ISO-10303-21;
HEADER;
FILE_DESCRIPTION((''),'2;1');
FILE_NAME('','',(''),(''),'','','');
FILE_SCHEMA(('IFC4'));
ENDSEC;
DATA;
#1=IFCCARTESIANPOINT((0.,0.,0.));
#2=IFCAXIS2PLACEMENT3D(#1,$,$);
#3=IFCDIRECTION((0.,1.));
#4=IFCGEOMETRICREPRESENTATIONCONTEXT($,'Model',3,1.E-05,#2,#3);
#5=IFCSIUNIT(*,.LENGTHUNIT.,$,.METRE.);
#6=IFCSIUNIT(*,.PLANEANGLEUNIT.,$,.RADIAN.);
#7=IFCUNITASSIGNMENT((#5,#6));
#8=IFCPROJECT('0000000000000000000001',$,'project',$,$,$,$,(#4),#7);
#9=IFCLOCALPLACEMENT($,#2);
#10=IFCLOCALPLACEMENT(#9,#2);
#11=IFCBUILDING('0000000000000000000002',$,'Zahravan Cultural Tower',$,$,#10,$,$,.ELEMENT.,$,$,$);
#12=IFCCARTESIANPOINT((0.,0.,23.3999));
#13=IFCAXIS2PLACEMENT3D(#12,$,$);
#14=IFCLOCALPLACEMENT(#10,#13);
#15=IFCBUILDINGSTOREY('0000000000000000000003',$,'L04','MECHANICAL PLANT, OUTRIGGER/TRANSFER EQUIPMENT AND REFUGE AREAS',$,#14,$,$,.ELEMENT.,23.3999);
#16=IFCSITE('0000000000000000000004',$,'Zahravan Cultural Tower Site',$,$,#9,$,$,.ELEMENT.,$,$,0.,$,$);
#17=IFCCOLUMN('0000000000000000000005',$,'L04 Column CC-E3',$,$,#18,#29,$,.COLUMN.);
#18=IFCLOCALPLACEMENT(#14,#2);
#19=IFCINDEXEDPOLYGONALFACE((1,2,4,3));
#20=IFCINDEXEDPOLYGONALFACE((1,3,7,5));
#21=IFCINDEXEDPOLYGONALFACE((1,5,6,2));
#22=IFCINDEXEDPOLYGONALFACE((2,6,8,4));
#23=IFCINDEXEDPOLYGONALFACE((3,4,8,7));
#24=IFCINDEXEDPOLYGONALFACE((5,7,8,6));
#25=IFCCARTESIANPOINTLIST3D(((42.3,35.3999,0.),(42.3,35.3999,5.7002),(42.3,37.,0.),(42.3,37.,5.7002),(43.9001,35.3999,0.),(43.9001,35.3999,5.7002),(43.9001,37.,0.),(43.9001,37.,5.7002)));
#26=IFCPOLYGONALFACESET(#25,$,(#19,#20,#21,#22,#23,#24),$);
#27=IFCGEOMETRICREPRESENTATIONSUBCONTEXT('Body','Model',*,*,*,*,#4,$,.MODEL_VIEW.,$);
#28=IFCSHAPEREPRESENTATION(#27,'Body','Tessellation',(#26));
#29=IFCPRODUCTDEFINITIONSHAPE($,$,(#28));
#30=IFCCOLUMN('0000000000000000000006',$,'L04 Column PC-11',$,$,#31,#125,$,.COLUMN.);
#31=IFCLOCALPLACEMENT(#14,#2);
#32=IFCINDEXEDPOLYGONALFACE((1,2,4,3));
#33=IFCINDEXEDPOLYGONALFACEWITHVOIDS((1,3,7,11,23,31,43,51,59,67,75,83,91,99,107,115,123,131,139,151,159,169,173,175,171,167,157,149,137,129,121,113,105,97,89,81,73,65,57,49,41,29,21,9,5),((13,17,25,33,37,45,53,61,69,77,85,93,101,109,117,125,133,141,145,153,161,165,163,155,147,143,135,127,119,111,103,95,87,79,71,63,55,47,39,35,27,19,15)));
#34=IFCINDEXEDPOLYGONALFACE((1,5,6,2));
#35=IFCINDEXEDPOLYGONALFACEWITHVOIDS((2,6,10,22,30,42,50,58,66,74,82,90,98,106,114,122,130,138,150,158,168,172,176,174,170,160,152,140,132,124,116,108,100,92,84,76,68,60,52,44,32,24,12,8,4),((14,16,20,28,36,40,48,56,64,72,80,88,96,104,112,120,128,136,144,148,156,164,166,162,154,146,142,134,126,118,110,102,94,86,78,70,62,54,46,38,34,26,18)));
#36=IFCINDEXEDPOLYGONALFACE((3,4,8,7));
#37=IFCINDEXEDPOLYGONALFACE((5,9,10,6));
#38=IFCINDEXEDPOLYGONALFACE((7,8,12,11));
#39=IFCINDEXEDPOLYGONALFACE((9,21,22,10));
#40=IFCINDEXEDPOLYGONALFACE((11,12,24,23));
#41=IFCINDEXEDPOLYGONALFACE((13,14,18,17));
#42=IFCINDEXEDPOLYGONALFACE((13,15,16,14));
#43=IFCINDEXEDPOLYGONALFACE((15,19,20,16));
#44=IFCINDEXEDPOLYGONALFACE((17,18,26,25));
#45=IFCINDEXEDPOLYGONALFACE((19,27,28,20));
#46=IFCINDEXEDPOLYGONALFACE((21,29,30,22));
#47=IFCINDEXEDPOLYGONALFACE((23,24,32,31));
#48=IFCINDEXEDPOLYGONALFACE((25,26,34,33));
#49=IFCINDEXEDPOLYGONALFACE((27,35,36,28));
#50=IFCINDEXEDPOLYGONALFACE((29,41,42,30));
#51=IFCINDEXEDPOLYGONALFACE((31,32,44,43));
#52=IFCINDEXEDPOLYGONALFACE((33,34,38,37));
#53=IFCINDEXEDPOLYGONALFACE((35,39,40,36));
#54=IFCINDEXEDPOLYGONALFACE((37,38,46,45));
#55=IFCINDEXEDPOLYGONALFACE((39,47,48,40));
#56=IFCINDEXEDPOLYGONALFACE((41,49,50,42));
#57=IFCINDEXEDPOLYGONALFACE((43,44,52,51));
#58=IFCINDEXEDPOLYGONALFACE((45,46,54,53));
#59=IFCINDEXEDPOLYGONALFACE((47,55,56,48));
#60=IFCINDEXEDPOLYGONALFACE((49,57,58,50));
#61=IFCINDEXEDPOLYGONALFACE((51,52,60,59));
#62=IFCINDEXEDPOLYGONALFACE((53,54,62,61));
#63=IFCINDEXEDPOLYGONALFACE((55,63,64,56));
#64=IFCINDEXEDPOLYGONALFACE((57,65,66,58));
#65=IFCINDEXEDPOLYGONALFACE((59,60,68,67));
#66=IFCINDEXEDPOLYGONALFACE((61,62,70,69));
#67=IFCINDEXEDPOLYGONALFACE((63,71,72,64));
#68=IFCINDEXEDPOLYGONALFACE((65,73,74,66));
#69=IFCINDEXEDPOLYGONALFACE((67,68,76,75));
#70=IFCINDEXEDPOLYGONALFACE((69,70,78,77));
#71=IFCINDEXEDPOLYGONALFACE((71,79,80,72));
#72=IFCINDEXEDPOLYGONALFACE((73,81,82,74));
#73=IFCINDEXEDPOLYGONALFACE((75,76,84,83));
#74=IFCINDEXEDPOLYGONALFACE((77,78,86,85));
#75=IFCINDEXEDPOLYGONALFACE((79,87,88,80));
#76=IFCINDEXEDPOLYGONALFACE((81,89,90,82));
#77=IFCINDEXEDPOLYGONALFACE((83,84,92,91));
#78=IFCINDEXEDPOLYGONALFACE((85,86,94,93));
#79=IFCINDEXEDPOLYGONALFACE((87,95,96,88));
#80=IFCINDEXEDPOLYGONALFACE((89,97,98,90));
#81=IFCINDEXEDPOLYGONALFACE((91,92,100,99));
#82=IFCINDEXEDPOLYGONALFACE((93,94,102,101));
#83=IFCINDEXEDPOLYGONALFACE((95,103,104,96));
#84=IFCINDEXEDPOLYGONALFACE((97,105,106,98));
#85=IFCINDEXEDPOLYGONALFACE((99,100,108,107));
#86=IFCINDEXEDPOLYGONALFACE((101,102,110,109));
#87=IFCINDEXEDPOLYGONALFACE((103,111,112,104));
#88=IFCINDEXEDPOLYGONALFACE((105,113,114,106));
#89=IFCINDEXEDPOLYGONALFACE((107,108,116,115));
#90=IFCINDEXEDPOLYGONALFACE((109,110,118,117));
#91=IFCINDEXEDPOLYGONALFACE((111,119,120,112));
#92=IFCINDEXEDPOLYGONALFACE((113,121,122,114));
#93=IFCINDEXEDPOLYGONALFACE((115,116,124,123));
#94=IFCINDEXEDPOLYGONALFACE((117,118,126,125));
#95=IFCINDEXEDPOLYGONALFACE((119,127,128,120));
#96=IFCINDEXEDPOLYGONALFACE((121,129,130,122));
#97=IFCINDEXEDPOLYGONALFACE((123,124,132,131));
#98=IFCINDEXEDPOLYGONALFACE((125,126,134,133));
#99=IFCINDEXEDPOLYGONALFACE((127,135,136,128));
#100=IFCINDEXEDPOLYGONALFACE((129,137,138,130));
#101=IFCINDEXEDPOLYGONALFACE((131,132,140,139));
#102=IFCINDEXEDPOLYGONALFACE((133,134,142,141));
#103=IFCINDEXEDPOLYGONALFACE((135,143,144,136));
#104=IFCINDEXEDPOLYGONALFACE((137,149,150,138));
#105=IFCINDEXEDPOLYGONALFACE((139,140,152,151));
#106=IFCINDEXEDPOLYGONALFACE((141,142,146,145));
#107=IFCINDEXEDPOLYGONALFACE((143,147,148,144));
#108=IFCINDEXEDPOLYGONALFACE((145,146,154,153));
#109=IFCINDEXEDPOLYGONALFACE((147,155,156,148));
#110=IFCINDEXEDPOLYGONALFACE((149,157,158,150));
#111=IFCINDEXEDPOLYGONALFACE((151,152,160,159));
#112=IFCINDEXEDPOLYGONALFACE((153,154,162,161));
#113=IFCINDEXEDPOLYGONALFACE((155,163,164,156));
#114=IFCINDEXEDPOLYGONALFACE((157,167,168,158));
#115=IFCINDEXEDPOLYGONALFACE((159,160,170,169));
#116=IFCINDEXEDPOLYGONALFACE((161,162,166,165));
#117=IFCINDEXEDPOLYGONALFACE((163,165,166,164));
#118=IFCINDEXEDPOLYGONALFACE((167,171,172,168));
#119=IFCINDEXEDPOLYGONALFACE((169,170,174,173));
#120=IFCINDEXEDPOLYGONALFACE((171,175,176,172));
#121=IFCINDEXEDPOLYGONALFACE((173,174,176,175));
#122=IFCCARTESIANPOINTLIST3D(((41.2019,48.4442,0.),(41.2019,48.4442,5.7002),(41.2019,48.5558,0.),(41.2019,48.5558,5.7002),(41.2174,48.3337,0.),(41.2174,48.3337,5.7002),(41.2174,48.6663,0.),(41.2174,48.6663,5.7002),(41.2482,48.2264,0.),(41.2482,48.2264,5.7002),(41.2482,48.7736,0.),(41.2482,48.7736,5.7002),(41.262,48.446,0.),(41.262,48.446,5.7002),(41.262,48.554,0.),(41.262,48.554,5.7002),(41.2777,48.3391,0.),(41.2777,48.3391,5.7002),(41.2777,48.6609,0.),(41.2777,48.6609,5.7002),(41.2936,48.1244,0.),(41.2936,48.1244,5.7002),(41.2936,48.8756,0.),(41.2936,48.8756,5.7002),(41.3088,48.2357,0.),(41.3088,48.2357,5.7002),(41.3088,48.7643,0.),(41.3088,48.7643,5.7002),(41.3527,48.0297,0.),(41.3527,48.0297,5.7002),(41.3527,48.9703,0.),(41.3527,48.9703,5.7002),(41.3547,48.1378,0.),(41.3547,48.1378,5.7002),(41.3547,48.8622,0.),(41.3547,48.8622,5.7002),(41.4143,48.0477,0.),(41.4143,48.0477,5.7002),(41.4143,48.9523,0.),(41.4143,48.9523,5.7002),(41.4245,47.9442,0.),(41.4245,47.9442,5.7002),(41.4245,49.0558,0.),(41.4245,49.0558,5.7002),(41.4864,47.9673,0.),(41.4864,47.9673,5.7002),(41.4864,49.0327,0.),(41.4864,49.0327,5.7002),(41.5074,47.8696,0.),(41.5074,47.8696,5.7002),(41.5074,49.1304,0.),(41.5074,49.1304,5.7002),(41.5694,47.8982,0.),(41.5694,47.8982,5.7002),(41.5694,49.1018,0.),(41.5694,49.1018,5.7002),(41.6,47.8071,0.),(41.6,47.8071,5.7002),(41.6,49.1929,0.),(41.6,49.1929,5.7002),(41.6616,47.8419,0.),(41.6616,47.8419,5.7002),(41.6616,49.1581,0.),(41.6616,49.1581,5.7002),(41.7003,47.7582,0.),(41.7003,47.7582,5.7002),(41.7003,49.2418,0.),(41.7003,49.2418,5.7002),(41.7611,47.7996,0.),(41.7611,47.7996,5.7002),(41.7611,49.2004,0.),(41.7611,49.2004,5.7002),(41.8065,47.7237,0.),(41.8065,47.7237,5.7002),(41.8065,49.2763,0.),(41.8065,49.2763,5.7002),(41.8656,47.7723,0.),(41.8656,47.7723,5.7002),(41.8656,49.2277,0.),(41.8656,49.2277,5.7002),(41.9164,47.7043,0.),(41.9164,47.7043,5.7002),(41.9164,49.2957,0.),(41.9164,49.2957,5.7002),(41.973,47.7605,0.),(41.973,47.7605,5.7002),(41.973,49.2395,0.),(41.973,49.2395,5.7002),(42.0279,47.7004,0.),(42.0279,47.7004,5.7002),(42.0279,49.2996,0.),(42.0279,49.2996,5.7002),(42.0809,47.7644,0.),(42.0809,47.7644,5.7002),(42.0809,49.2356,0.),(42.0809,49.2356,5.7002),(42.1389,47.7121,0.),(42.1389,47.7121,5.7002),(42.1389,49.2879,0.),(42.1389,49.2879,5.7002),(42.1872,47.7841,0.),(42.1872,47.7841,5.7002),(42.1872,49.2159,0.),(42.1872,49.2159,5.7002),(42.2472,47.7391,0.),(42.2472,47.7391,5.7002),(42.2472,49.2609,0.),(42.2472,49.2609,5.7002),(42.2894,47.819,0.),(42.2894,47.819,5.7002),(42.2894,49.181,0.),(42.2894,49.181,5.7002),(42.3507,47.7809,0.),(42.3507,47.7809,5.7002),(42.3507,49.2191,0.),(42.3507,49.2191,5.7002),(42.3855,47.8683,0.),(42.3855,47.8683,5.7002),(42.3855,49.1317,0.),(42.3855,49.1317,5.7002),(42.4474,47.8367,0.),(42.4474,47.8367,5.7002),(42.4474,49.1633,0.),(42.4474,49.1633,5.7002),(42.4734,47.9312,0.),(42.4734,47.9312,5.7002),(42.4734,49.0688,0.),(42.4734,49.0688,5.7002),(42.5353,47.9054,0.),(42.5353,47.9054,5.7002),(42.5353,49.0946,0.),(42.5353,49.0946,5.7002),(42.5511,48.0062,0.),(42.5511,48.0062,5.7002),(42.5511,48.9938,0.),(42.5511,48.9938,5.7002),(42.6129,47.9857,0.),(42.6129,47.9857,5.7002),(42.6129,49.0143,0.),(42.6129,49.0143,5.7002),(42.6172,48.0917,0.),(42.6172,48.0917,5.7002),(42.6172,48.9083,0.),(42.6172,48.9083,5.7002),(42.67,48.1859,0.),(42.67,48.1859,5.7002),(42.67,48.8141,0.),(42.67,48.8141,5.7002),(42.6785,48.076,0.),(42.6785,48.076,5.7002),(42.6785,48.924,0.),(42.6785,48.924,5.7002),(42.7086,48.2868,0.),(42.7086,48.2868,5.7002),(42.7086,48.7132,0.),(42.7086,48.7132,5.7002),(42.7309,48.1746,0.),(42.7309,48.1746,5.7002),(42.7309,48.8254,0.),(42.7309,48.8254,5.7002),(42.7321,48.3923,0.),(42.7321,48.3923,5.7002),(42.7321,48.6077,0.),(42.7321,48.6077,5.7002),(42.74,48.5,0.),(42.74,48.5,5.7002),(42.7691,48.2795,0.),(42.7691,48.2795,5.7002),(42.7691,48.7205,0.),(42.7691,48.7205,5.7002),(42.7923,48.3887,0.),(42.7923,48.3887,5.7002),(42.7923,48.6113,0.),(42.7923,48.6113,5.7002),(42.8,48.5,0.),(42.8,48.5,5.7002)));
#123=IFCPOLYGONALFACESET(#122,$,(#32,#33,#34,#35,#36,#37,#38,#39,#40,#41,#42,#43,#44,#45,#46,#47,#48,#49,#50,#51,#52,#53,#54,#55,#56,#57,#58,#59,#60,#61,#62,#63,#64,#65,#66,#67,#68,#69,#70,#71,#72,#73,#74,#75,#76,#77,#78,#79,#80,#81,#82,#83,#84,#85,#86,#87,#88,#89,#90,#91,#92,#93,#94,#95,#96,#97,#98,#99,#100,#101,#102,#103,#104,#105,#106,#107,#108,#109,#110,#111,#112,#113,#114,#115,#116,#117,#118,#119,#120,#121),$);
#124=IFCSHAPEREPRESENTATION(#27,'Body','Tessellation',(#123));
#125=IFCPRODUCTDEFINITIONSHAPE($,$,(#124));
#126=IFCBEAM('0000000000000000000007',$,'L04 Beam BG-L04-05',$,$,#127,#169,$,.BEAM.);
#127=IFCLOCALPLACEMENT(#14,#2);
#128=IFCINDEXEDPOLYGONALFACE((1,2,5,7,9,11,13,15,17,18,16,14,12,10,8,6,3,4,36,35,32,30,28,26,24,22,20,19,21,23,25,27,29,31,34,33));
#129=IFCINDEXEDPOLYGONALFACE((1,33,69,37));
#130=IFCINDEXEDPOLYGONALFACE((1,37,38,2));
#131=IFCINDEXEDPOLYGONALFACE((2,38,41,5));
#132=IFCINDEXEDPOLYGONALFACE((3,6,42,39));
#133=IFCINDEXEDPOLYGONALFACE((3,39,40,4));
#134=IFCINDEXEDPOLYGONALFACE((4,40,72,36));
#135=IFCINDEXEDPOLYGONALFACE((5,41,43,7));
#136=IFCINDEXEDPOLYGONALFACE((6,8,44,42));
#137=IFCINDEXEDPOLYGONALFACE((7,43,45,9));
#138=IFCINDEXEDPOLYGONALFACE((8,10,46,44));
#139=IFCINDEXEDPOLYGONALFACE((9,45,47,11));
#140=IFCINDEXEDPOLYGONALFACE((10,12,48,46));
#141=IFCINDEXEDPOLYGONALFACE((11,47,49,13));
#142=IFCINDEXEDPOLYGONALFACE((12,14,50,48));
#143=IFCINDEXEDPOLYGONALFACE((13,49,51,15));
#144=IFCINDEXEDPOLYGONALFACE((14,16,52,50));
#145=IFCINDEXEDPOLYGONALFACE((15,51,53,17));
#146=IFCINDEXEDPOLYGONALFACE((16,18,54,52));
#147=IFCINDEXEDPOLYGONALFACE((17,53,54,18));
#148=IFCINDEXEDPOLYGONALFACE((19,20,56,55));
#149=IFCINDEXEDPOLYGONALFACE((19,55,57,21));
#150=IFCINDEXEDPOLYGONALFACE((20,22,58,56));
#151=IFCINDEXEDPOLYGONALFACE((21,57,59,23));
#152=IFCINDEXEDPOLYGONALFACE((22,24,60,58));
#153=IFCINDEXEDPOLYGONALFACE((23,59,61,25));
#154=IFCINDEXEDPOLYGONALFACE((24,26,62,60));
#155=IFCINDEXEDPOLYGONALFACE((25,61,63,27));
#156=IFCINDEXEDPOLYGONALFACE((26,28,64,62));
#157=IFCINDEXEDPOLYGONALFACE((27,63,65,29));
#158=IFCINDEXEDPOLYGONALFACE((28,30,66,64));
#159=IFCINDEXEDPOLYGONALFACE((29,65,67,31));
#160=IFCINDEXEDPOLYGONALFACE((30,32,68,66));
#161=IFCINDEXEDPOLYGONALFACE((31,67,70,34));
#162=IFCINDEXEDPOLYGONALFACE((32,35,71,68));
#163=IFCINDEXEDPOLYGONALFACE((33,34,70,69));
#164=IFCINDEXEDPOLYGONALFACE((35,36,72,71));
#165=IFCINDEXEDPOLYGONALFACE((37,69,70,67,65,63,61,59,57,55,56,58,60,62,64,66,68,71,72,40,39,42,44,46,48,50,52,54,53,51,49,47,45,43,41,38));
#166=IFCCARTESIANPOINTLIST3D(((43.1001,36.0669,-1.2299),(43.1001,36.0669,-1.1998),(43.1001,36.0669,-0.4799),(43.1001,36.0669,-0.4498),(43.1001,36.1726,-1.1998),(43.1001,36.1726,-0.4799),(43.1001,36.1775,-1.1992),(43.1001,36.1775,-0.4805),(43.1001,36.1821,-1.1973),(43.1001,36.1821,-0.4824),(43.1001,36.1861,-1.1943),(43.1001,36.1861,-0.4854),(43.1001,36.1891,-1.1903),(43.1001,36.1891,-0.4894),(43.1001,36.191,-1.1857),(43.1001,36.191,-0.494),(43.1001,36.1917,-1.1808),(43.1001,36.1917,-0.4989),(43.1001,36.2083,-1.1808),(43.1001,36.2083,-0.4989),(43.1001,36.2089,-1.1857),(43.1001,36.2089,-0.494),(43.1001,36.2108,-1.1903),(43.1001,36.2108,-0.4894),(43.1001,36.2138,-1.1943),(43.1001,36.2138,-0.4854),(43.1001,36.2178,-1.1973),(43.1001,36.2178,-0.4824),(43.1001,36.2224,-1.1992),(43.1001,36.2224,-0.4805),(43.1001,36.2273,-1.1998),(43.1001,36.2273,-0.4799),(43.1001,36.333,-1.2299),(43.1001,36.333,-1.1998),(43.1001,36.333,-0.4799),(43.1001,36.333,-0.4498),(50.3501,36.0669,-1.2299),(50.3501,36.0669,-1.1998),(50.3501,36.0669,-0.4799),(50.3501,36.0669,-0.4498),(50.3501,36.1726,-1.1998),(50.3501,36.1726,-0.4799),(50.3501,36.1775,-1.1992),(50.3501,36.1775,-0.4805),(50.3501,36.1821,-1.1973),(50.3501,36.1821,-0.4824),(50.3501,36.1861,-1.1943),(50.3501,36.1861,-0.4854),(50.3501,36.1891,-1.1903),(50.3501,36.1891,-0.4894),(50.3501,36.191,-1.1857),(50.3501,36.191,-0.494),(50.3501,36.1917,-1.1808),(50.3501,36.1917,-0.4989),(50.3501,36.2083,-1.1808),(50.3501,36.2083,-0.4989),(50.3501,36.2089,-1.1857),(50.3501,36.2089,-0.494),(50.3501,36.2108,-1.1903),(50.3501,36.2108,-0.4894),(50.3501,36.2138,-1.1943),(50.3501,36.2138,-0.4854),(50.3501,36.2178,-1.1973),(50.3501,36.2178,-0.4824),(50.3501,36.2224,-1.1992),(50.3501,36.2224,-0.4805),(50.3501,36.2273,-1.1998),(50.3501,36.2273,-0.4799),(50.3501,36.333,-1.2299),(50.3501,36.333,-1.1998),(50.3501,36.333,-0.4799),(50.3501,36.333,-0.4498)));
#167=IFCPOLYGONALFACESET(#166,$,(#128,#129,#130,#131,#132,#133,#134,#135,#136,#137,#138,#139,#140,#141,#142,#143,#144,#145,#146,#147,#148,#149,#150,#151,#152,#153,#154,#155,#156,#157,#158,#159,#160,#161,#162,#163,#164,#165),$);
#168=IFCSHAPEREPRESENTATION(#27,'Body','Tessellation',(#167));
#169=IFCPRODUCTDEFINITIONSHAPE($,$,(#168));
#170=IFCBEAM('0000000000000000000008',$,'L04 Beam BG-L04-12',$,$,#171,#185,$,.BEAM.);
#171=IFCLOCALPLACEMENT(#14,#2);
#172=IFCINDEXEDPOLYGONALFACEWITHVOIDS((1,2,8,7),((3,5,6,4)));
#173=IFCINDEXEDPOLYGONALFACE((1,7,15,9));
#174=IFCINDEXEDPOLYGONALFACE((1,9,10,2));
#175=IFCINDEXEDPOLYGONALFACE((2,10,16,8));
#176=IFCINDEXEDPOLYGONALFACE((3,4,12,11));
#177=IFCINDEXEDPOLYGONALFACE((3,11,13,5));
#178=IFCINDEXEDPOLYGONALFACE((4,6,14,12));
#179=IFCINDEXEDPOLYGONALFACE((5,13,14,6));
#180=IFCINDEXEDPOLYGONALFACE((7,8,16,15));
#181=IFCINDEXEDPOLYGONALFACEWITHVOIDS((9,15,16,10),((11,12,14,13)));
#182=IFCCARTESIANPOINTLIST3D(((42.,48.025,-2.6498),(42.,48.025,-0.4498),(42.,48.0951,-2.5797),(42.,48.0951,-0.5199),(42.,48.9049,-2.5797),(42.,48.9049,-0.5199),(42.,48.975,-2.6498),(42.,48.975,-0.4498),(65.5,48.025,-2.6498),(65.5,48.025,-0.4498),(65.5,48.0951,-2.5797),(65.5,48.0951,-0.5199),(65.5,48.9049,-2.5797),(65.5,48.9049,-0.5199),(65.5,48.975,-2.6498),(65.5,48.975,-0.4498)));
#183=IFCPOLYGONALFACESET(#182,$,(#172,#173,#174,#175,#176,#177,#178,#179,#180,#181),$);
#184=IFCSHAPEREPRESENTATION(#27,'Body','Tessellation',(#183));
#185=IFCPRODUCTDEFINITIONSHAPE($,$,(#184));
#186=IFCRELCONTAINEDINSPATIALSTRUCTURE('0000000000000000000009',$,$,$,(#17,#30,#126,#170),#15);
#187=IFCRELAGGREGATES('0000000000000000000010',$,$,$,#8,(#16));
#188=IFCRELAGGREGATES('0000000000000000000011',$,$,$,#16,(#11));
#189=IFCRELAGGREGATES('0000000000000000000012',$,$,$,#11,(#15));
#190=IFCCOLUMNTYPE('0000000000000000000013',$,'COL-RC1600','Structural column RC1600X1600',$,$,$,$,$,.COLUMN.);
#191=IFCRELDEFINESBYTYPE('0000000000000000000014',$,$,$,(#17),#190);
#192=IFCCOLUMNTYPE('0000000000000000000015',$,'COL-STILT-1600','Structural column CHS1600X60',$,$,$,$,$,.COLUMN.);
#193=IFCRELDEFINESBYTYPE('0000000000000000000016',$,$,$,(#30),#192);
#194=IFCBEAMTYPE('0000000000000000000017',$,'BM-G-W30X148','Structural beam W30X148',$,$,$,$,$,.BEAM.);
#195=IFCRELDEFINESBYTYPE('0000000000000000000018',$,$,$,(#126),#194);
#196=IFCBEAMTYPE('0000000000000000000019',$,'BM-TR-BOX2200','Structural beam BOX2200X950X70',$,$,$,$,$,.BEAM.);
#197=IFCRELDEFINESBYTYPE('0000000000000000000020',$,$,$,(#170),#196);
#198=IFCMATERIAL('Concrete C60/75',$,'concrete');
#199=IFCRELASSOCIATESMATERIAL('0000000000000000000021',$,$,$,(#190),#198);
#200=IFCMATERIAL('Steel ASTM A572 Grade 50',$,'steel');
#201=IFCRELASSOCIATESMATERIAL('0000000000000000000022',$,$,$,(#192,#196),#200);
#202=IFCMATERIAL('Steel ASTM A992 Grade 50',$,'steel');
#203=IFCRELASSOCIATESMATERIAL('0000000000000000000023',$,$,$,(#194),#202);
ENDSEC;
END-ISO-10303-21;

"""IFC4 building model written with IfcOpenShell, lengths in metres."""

from ifc_helpers import new_model, si_unit, direction, frame, origin, origin_2d, place, context, subcontext, project, spatial, rectangle, hollow_rectangle, hollow_circle, i_section, extrude, source, transform, mapped, material, material_profile, profile_set, type_object, element, save


model = new_model("IFC4")

# Units and contexts
model_context = context("Model", 3, precision=1e-05, world=origin(), true_north=direction((0.0, 1.0)))
body_context = subcontext(model_context, "Body", "Model", "MODEL_VIEW")
ifc_project = project(units=[si_unit("LENGTHUNIT", "METRE"), si_unit("PLANEANGLEUNIT", "RADIAN")], contexts=[model_context])

# Site, building, storey
site_placement = place(None, origin())
site = spatial("IfcSite", under=ifc_project, at=site_placement, Name="Zahravan Cultural Tower Site", CompositionType="ELEMENT", RefElevation=0.0)
building_placement = place(site_placement, origin())
building = spatial("IfcBuilding", under=site, at=building_placement, Name="Zahravan Cultural Tower", CompositionType="ELEMENT")
storey_placement = place(building_placement, frame((0.0, 0.0, 23.3999)))
storey = spatial("IfcBuildingStorey", under=building, at=storey_placement, Name="L04", Description="MECHANICAL PLANT, OUTRIGGER/TRANSFER EQUIPMENT AND REFUGE AREAS", CompositionType="ELEMENT", Elevation=23.3999)

# Columns
ifc_material_1 = material(Name="Concrete C60/75", Category="concrete")
ifc_material_profile_1 = material_profile(ifc_material_1, rectangle(XDim=1.6001, YDim=1.6001, at=origin_2d()), Name="RC1600X1600")
ifc_profile_set_1 = profile_set([ifc_material_profile_1], Name="Concrete C60/75")
column_type_1 = type_object("IfcColumnType", Name="COL-RC1600", Description="Structural column RC1600X1600", PredefinedType="COLUMN", material=ifc_profile_set_1)
shared_shape_1 = source(origin(), body_context, "Body", "SweptSolid", [
    extrude(rectangle(XDim=1.6001, YDim=1.6001, at=origin_2d()), origin(), (0.0, 0.0, 1.0), 5.7002),
])
column_1_placement = place(storey_placement, frame((43.1001, 36.2, 0.0), z_axis=(0.0, 0.0, 1.0), x_axis=(1.0, 0.0, 0.0)))
element("IfcColumn", 1, at=column_1_placement, inside=storey, type_object=column_type_1, Name="L04 Column CC-E3", PredefinedType="COLUMN", context=body_context, shape_type="MappedRepresentation", body=[
    mapped(shared_shape_1, transform((0.0, 0.0, 0.0), x_axis=(1.0, 0.0, 0.0), y_axis=(0.0, 1.0, 0.0), z_axis=(0.0, 0.0, 1.0), scale=1.0)),
])
ifc_material_2 = material(Name="Steel ASTM A572 Grade 50", Category="steel")
ifc_material_profile_2 = material_profile(ifc_material_2, hollow_circle(Radius=0.8, WallThickness=0.0601, at=origin_2d()), Name="CHS1600X60")
ifc_profile_set_2 = profile_set([ifc_material_profile_2], Name="Steel ASTM A572 Grade 50")
column_type_2 = type_object("IfcColumnType", Name="COL-STILT-1600", Description="Structural column CHS1600X60", PredefinedType="COLUMN", material=ifc_profile_set_2)
shared_shape_2 = source(origin(), body_context, "Body", "SweptSolid", [
    extrude(hollow_circle(Radius=0.8, WallThickness=0.0601, at=origin_2d()), origin(), (0.0, 0.0, 1.0), 5.7002),
])
column_2_placement = place(storey_placement, frame((42.0, 48.5, 0.0), z_axis=(0.0, 0.0, 1.0), x_axis=(1.0, 0.0, 0.0)))
element("IfcColumn", 2, at=column_2_placement, inside=storey, type_object=column_type_2, Name="L04 Column PC-11", PredefinedType="COLUMN", context=body_context, shape_type="MappedRepresentation", body=[
    mapped(shared_shape_2, transform((0.0, 0.0, 0.0), x_axis=(1.0, 0.0, 0.0), y_axis=(0.0, 1.0, 0.0), z_axis=(0.0, 0.0, 1.0), scale=1.0)),
])

# Beams
ifc_material_3 = material(Name="Steel ASTM A992 Grade 50", Category="steel")
ifc_material_profile_3 = material_profile(ifc_material_3, i_section(OverallWidth=0.2661, OverallDepth=0.78, WebThickness=0.0166, FlangeThickness=0.03, FilletRadius=0.019, at=origin_2d()), Name="W30X148")
ifc_profile_set_3 = profile_set([ifc_material_profile_3], Name="Steel ASTM A992 Grade 50")
beam_type_1 = type_object("IfcBeamType", Name="BM-G-W30X148", Description="Structural beam W30X148", PredefinedType="BEAM", material=ifc_profile_set_3)
shared_shape_3 = source(origin(), body_context, "Body", "SweptSolid", [
    extrude(i_section(OverallWidth=0.2661, OverallDepth=0.78, WebThickness=0.0166, FlangeThickness=0.03, FilletRadius=0.019, at=origin_2d()), origin(), (0.0, 0.0, 1.0), 7.25),
])
beam_1_placement = place(storey_placement, frame((43.1001, 36.2, -0.8398), z_axis=(1.0, 0.0, 0.0), x_axis=(0.0, 1.0, 0.0)))
element("IfcBeam", 3, at=beam_1_placement, inside=storey, type_object=beam_type_1, Name="L04 Beam BG-L04-05", PredefinedType="BEAM", context=body_context, shape_type="MappedRepresentation", body=[
    mapped(shared_shape_3, transform((0.0, 0.0, 0.0), x_axis=(1.0, 0.0, 0.0), y_axis=(0.0, 1.0, 0.0), z_axis=(0.0, 0.0, 1.0), scale=1.0)),
])
ifc_material_profile_4 = material_profile(ifc_material_2, hollow_rectangle(XDim=0.95, YDim=2.2, WallThickness=0.0701, at=origin_2d()), Name="BOX2200X950X70")
ifc_profile_set_4 = profile_set([ifc_material_profile_4], Name="Steel ASTM A572 Grade 50")
beam_type_2 = type_object("IfcBeamType", Name="BM-TR-BOX2200", Description="Structural beam BOX2200X950X70", PredefinedType="BEAM", material=ifc_profile_set_4)
shared_shape_4 = source(origin(), body_context, "Body", "SweptSolid", [
    extrude(hollow_rectangle(XDim=0.95, YDim=2.2, WallThickness=0.0701, at=origin_2d()), origin(), (0.0, 0.0, 1.0), 23.5),
])
beam_2_placement = place(storey_placement, frame((42.0, 48.5, -1.5498), z_axis=(1.0, 0.0, 0.0), x_axis=(0.0, 1.0, 0.0)))
element("IfcBeam", 4, at=beam_2_placement, inside=storey, type_object=beam_type_2, Name="L04 Beam BG-L04-12", PredefinedType="BEAM", context=body_context, shape_type="MappedRepresentation", body=[
    mapped(shared_shape_4, transform((0.0, 0.0, 0.0), x_axis=(1.0, 0.0, 0.0), y_axis=(0.0, 1.0, 0.0), z_axis=(0.0, 0.0, 1.0), scale=1.0)),
])

save(model, "model.ifc")
